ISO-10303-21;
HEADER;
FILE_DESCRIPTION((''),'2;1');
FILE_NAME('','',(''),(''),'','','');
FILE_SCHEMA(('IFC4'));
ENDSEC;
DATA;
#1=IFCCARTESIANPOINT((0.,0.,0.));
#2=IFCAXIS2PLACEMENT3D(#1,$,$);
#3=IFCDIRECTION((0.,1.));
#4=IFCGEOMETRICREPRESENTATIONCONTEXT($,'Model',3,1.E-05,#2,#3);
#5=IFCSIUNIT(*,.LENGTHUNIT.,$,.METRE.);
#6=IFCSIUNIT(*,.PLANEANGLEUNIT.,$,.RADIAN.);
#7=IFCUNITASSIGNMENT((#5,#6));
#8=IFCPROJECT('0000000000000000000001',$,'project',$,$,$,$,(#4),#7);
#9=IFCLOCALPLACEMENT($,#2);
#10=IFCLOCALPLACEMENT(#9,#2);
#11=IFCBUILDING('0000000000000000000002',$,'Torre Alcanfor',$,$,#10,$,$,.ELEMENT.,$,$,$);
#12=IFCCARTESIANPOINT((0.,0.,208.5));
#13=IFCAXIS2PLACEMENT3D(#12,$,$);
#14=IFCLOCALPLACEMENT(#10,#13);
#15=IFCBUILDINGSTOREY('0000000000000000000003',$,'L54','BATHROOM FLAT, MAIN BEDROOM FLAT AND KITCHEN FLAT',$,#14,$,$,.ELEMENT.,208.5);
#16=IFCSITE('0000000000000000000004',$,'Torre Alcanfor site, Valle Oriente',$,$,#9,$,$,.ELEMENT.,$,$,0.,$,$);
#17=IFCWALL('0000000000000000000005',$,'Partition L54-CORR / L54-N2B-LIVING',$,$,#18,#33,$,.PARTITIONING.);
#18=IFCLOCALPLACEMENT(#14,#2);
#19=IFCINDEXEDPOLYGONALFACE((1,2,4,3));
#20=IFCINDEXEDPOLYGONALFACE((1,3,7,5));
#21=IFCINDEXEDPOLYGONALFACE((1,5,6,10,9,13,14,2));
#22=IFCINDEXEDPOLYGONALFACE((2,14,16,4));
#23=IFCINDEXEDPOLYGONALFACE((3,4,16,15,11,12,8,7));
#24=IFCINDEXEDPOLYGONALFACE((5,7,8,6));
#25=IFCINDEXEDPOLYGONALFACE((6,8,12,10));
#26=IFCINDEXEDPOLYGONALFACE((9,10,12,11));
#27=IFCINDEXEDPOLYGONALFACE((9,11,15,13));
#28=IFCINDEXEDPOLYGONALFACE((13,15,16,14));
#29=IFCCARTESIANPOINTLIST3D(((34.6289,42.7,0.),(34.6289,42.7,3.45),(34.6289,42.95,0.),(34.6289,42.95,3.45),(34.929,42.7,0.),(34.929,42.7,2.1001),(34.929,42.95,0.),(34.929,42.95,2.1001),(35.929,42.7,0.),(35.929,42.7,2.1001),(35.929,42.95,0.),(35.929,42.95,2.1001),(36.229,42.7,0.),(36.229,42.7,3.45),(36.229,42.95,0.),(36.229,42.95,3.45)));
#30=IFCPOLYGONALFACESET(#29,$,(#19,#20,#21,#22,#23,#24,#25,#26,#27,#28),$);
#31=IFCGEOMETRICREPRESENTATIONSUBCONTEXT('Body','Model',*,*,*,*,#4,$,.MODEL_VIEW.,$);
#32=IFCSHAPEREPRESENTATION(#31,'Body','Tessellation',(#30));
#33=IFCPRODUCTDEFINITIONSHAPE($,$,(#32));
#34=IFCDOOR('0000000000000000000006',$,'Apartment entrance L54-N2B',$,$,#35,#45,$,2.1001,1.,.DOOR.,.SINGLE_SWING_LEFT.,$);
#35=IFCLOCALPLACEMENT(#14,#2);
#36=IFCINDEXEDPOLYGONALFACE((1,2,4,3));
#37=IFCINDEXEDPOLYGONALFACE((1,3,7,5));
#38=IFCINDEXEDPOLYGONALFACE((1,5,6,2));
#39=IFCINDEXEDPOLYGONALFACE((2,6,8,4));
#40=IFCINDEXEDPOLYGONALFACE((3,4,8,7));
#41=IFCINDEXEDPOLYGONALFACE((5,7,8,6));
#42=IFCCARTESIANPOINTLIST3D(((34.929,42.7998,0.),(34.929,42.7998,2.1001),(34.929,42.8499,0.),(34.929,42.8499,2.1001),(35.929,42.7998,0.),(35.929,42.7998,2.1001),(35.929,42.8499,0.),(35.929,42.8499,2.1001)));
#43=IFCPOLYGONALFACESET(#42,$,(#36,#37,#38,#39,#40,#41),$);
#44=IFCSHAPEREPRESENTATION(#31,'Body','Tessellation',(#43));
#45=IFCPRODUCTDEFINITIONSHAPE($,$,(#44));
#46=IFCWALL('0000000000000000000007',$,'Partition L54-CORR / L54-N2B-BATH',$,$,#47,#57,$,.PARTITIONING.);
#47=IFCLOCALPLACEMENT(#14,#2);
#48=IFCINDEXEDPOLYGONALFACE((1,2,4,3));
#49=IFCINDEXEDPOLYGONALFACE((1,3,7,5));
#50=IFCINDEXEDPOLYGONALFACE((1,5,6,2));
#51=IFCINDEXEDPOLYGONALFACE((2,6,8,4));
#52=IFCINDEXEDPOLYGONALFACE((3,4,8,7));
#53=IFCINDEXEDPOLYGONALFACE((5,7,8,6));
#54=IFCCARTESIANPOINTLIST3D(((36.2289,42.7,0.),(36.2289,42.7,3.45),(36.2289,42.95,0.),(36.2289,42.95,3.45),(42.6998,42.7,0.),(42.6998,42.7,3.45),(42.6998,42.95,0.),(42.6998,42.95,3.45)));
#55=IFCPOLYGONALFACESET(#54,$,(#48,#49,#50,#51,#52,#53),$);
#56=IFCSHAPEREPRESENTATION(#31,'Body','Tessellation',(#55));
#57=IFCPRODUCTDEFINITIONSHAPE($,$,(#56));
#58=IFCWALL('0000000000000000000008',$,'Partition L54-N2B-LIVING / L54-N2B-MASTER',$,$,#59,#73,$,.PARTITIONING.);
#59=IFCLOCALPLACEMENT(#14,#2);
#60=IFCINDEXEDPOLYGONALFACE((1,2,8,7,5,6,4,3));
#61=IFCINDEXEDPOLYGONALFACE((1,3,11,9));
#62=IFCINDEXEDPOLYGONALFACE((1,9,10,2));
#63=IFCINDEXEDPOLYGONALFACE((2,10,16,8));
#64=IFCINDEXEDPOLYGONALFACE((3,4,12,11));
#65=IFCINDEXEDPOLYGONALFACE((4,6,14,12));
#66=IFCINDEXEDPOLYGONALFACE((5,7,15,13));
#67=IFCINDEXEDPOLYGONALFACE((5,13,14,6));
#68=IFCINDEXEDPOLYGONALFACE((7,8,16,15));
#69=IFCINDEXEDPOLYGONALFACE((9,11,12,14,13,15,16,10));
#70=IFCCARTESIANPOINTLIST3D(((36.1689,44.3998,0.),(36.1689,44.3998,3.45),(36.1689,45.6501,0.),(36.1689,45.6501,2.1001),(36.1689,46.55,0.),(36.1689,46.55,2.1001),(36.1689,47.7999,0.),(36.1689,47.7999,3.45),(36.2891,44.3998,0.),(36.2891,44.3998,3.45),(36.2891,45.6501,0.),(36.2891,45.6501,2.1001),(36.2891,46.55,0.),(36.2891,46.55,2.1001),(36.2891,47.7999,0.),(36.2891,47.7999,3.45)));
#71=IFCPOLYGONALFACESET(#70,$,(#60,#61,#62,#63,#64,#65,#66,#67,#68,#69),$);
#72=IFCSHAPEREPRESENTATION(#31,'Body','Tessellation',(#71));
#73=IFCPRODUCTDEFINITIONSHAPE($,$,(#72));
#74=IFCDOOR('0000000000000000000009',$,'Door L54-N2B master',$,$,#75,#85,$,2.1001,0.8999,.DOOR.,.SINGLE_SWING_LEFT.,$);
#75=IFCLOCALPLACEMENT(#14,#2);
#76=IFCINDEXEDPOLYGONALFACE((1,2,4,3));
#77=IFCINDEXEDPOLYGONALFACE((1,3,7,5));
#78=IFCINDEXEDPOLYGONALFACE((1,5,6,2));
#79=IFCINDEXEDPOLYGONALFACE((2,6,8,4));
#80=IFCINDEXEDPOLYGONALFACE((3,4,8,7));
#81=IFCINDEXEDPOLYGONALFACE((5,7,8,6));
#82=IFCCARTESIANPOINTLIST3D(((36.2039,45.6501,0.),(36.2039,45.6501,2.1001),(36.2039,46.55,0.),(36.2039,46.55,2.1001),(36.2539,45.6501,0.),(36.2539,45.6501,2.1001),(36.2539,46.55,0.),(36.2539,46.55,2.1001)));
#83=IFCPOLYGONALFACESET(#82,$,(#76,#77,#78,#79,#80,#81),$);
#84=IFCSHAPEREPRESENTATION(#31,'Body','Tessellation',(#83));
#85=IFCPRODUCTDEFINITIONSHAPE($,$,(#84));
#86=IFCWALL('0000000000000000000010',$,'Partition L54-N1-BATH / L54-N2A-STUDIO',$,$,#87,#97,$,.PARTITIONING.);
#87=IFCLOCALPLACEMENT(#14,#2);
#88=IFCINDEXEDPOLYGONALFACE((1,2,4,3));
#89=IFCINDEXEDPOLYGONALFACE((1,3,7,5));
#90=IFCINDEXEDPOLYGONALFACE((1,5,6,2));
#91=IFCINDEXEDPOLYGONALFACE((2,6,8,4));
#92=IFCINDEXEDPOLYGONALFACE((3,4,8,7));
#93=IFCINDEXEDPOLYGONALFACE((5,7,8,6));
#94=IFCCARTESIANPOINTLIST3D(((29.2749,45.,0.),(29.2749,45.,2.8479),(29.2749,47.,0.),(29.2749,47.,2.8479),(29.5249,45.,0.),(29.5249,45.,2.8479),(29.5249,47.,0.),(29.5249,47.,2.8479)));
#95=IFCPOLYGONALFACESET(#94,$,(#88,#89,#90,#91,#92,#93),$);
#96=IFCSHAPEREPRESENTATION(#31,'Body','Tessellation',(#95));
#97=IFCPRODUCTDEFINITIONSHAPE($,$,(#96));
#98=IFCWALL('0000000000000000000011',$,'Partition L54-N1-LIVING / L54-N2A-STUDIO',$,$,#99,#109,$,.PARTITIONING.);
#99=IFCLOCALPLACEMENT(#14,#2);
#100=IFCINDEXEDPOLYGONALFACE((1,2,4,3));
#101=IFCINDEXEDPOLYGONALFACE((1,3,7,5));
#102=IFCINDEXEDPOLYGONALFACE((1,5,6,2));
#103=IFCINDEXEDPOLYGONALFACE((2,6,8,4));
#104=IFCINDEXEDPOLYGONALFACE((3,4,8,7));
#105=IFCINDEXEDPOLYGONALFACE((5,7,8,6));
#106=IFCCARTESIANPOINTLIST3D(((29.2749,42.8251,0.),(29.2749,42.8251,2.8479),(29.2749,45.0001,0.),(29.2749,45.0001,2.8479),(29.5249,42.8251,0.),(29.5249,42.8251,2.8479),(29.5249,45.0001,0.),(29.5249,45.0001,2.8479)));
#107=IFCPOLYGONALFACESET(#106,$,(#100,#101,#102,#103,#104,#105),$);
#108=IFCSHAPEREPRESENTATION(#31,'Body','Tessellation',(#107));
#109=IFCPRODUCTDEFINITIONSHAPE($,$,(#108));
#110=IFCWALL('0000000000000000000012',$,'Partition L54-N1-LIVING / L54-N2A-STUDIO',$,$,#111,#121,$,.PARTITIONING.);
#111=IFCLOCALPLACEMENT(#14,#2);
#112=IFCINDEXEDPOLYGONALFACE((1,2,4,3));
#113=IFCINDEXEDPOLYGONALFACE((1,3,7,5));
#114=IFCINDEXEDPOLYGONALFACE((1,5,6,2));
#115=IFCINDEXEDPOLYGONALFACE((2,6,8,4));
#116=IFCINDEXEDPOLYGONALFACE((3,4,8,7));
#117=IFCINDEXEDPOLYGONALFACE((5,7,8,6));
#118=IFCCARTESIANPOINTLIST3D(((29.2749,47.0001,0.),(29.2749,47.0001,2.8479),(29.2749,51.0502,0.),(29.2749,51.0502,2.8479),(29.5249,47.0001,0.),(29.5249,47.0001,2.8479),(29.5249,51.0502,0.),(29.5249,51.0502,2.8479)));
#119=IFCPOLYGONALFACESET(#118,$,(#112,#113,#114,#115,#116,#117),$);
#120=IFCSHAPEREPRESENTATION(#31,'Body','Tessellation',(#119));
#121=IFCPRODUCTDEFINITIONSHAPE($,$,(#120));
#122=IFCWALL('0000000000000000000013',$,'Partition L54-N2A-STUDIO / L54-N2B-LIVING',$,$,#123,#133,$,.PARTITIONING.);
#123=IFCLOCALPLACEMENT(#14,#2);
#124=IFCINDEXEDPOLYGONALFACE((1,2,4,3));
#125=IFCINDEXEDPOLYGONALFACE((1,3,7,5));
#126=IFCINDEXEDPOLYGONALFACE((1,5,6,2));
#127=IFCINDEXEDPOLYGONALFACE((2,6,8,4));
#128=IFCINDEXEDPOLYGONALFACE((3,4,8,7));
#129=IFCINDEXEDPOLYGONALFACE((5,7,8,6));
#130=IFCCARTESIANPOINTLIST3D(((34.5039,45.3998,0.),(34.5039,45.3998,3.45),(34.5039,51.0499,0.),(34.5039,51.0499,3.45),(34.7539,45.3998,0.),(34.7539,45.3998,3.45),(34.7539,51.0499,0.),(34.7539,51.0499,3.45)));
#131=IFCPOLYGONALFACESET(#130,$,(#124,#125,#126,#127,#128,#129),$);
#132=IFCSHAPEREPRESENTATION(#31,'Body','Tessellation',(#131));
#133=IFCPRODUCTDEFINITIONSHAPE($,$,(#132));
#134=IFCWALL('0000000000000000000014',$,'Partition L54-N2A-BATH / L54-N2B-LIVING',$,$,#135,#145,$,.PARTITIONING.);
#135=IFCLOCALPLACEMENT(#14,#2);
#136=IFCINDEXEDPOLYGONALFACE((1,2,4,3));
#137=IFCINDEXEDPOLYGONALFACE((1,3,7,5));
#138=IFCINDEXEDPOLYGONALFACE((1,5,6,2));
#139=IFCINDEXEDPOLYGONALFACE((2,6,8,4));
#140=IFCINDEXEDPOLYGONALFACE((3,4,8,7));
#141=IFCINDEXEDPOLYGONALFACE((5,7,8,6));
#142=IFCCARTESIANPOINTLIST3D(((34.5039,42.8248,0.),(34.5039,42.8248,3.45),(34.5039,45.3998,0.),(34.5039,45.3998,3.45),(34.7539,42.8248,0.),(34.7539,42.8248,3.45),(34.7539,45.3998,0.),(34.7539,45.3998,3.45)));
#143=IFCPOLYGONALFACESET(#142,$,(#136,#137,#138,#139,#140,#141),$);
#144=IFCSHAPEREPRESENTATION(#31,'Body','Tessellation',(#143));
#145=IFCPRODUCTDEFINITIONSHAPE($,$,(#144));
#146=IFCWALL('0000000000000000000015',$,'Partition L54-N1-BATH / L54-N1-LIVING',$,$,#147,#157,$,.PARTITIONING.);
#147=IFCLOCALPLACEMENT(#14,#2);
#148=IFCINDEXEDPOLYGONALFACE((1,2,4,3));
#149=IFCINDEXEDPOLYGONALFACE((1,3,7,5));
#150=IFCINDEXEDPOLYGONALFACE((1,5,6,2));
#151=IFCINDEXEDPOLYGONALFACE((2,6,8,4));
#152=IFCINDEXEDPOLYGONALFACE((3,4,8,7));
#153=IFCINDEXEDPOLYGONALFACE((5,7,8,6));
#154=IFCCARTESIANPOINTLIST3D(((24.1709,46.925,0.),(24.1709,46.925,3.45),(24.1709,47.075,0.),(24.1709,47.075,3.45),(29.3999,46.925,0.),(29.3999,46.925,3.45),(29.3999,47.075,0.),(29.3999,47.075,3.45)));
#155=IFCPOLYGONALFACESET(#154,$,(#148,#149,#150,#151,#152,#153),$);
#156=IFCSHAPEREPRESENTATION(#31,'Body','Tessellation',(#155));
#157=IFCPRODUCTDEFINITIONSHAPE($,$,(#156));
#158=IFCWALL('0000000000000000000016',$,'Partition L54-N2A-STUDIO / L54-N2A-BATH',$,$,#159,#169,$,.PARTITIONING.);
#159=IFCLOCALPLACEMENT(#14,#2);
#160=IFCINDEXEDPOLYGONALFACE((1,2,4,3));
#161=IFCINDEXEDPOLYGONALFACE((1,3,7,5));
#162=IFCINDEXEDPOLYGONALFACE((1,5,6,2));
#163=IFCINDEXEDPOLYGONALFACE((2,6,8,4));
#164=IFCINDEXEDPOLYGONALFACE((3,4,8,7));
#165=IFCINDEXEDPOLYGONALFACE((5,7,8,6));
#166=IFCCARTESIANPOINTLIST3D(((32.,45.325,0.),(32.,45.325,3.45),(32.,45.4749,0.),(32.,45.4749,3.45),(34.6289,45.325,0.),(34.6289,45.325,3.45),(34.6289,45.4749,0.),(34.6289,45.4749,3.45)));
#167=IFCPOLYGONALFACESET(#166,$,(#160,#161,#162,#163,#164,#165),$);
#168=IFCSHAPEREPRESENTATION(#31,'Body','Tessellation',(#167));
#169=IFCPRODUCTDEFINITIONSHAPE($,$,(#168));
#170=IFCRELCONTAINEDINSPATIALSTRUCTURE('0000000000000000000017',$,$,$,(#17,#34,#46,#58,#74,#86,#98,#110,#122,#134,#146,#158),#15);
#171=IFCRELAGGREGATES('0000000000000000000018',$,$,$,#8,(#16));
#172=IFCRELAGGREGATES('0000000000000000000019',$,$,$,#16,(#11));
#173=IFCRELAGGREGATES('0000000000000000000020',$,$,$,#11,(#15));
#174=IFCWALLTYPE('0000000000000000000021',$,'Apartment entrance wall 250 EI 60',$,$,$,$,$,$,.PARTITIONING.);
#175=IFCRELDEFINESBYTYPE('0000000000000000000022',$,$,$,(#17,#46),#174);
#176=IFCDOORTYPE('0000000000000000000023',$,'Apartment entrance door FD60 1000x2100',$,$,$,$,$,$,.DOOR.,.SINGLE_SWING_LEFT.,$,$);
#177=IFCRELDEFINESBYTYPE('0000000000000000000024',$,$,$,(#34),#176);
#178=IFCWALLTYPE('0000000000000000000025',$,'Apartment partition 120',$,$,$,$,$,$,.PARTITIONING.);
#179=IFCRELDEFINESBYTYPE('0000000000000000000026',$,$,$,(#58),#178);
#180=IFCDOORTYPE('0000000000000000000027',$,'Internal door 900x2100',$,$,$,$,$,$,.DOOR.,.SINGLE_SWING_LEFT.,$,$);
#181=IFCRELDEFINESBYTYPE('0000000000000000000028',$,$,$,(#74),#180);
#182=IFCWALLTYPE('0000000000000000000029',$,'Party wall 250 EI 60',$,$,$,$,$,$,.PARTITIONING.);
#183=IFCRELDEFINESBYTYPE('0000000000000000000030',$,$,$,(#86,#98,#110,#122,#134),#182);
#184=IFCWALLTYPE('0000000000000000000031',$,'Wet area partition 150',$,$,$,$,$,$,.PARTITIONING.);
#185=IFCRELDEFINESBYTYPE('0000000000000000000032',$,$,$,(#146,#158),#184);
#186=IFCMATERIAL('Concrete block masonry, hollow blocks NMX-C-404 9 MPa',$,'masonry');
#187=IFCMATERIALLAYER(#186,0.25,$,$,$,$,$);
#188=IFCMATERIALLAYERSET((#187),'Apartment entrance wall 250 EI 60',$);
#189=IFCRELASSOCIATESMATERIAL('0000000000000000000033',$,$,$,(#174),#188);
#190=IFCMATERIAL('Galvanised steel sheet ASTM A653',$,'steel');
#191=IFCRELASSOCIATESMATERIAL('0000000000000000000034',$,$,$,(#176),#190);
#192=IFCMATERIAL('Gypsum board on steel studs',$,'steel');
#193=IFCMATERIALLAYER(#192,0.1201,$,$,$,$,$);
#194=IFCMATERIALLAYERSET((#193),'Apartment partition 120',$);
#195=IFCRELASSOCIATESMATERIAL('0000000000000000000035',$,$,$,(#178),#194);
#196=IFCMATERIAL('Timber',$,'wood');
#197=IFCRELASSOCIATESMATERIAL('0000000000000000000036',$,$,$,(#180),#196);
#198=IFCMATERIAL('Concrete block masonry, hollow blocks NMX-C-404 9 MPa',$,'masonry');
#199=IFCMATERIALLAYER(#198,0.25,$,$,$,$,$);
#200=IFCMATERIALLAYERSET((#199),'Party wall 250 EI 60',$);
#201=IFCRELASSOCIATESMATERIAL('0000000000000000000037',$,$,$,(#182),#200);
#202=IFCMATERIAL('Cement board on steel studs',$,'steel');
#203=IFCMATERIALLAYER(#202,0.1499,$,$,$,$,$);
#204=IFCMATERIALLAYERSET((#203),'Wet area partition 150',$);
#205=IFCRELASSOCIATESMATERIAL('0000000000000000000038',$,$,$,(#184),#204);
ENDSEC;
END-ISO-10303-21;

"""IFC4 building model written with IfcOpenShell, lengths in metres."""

from ifc_helpers import new_model, si_unit, direction, frame, frame_2d, origin, place, context, subcontext, project, spatial, rectangle, extrude, material, layer, layer_set, type_object, element, fill, save


model = new_model("IFC4")

# Units and contexts
model_context = context("Model", 3, precision=1e-05, world=origin(), true_north=direction((0.0, 1.0)))
body_context = subcontext(model_context, "Body", "Model", "MODEL_VIEW")
ifc_project = project(units=[si_unit("LENGTHUNIT", "METRE"), si_unit("PLANEANGLEUNIT", "RADIAN")], contexts=[model_context])

# Site, building, storey
site_placement = place(None, origin())
site = spatial("IfcSite", under=ifc_project, at=site_placement, Name="Torre Alcanfor site, Valle Oriente", CompositionType="ELEMENT", RefElevation=0.0)
building_placement = place(site_placement, origin())
building = spatial("IfcBuilding", under=site, at=building_placement, Name="Torre Alcanfor", CompositionType="ELEMENT")
storey_placement = place(building_placement, frame((0.0, 0.0, 208.5)))
storey = spatial("IfcBuildingStorey", under=building, at=storey_placement, Name="L54", Description="BATHROOM FLAT, MAIN BEDROOM FLAT AND KITCHEN FLAT", CompositionType="ELEMENT", Elevation=208.5)

# Wall, opening, door
ifc_material_1 = material(Name="Concrete block masonry, hollow blocks NMX-C-404 9 MPa", Category="masonry")
ifc_layer_1 = layer(ifc_material_1, 0.25)
ifc_layer_set_1 = layer_set([ifc_layer_1], Name="Apartment entrance wall 250 EI 60")
wall_type_1 = type_object("IfcWallType", Name="Apartment entrance wall 250 EI 60", PredefinedType="PARTITIONING", material=ifc_layer_set_1)
wall_1_placement = place(storey_placement, frame((34.6289, 42.825, 0.0), z_axis=(0.0, 0.0, 1.0), x_axis=(1.0, 0.0, 0.0)))
wall_1 = element("IfcWall", 1, at=wall_1_placement, inside=storey, type_object=wall_type_1, Name="Partition L54-CORR / L54-N2B-LIVING", PredefinedType="PARTITIONING", context=body_context, shape_type="SweptSolid", body=[
    extrude(rectangle(XDim=1.6001, YDim=0.25, at=frame_2d((0.8, 0.0))), origin(), (0.0, 0.0, 1.0), 3.45),
])
opening_1_placement = place(wall_1_placement, frame((0.3, 0.0, 0.0)))
opening_1 = element("IfcOpeningElement", 2, at=opening_1_placement, cuts=wall_1, PredefinedType="OPENING", context=body_context, shape_type="SweptSolid", body=[
    extrude(rectangle(XDim=1.0, YDim=2.1001, at=frame_2d((0.5, 1.05))), frame((0.0, 0.135, 0.0), z_axis=(0.0, -1.0, 0.0), x_axis=(1.0, 0.0, 0.0)), (0.0, 0.0, 1.0), 0.27),
])
ifc_material_2 = material(Name="Galvanised steel sheet ASTM A653", Category="steel")
door_type_1 = type_object("IfcDoorType", Name="Apartment entrance door FD60 1000x2100", OperationType="SINGLE_SWING_LEFT", PredefinedType="DOOR", material=ifc_material_2)
door_1_placement = place(opening_1_placement, origin())
door_1 = element("IfcDoor", 3, at=door_1_placement, inside=storey, type_object=door_type_1, Name="Apartment entrance L54-N2B", OperationType="SINGLE_SWING_LEFT", OverallHeight=2.1001, OverallWidth=1.0, PredefinedType="DOOR", context=body_context, shape_type="SweptSolid", body=[
    extrude(rectangle(XDim=1.0, YDim=2.1001, at=frame_2d((0.5, 1.05))), frame((0.0, 0.0249, 0.0), z_axis=(0.0, -1.0, 0.0), x_axis=(1.0, 0.0, 0.0)), (0.0, 0.0, 1.0), 0.05),
])
fill(opening_1, door_1)

# Wall
wall_2_placement = place(storey_placement, frame((36.229, 42.825, 0.0), z_axis=(0.0, 0.0, 1.0), x_axis=(1.0, 0.0, 0.0)))
element("IfcWall", 4, at=wall_2_placement, inside=storey, type_object=wall_type_1, Name="Partition L54-CORR / L54-N2B-BATH", PredefinedType="PARTITIONING", context=body_context, shape_type="SweptSolid", body=[
    extrude(rectangle(XDim=6.4709, YDim=0.25, at=frame_2d((3.2354, 0.0))), origin(), (0.0, 0.0, 1.0), 3.45),
])

# Wall, opening, door
ifc_material_3 = material(Name="Gypsum board on steel studs", Category="steel")
ifc_layer_2 = layer(ifc_material_3, 0.1201)
ifc_layer_set_2 = layer_set([ifc_layer_2], Name="Apartment partition 120")
wall_type_2 = type_object("IfcWallType", Name="Apartment partition 120", PredefinedType="PARTITIONING", material=ifc_layer_set_2)
wall_3_placement = place(storey_placement, frame((36.229, 47.8, 0.0), z_axis=(0.0, 0.0, 1.0), x_axis=(0.0, -1.0, 0.0)))
wall_3 = element("IfcWall", 5, at=wall_3_placement, inside=storey, type_object=wall_type_2, Name="Partition L54-N2B-LIVING / L54-N2B-MASTER", PredefinedType="PARTITIONING", context=body_context, shape_type="SweptSolid", body=[
    extrude(rectangle(XDim=3.4001, YDim=0.1201, at=frame_2d((1.7002, 0.0))), origin(), (0.0, 0.0, 1.0), 3.45),
])
opening_2_placement = place(wall_3_placement, frame((1.25, 0.0, 0.0)))
opening_2 = element("IfcOpeningElement", 6, at=opening_2_placement, cuts=wall_3, PredefinedType="OPENING", context=body_context, shape_type="SweptSolid", body=[
    extrude(rectangle(XDim=0.8999, YDim=2.1001, at=frame_2d((0.45, 1.05))), frame((0.0, 0.0701, 0.0), z_axis=(0.0, -1.0, 0.0), x_axis=(1.0, 0.0, 0.0)), (0.0, 0.0, 1.0), 0.1401),
])
ifc_material_4 = material(Name="Timber", Category="wood")
door_type_2 = type_object("IfcDoorType", Name="Internal door 900x2100", OperationType="SINGLE_SWING_LEFT", PredefinedType="DOOR", material=ifc_material_4)
door_2_placement = place(opening_2_placement, origin())
door_2 = element("IfcDoor", 7, at=door_2_placement, inside=storey, type_object=door_type_2, Name="Door L54-N2B master", OperationType="SINGLE_SWING_LEFT", OverallHeight=2.1001, OverallWidth=0.8999, PredefinedType="DOOR", context=body_context, shape_type="SweptSolid", body=[
    extrude(rectangle(XDim=0.8999, YDim=2.1001, at=frame_2d((0.45, 1.05))), frame((0.0, 0.0249, 0.0), z_axis=(0.0, -1.0, 0.0), x_axis=(1.0, 0.0, 0.0)), (0.0, 0.0, 1.0), 0.05),
])
fill(opening_2, door_2)

# Walls
ifc_material_5 = material(Name="Concrete block masonry, hollow blocks NMX-C-404 9 MPa", Category="masonry")
ifc_layer_3 = layer(ifc_material_5, 0.25)
ifc_layer_set_3 = layer_set([ifc_layer_3], Name="Party wall 250 EI 60")
wall_type_3 = type_object("IfcWallType", Name="Party wall 250 EI 60", PredefinedType="PARTITIONING", material=ifc_layer_set_3)
wall_4_placement = place(storey_placement, frame((29.3999, 45.0, 0.0), z_axis=(0.0, 0.0, 1.0), x_axis=(0.0, 1.0, 0.0)))
element("IfcWall", 8, at=wall_4_placement, inside=storey, type_object=wall_type_3, Name="Partition L54-N1-BATH / L54-N2A-STUDIO", PredefinedType="PARTITIONING", context=body_context, shape_type="SweptSolid", body=[
    extrude(rectangle(XDim=2.0, YDim=0.25, at=frame_2d((1.0, 0.0))), origin(), (0.0, 0.0, 1.0), 2.8479),
])
wall_5_placement = place(storey_placement, frame((29.3999, 45.0, 0.0), z_axis=(0.0, 0.0, 1.0), x_axis=(0.0, -1.0, 0.0)))
element("IfcWall", 9, at=wall_5_placement, inside=storey, type_object=wall_type_3, Name="Partition L54-N1-LIVING / L54-N2A-STUDIO", PredefinedType="PARTITIONING", context=body_context, shape_type="SweptSolid", body=[
    extrude(rectangle(XDim=2.175, YDim=0.25, at=frame_2d((1.0874, 0.0))), origin(), (0.0, 0.0, 1.0), 2.8479),
])
wall_6_placement = place(storey_placement, frame((29.3999, 51.05, 0.0), z_axis=(0.0, 0.0, 1.0), x_axis=(0.0, -1.0, 0.0)))
element("IfcWall", 10, at=wall_6_placement, inside=storey, type_object=wall_type_3, Name="Partition L54-N1-LIVING / L54-N2A-STUDIO", PredefinedType="PARTITIONING", context=body_context, shape_type="SweptSolid", body=[
    extrude(rectangle(XDim=4.05, YDim=0.25, at=frame_2d((2.0249, 0.0))), origin(), (0.0, 0.0, 1.0), 2.8479),
])
wall_7_placement = place(storey_placement, frame((34.6289, 51.05, 0.0), z_axis=(0.0, 0.0, 1.0), x_axis=(0.0, -1.0, 0.0)))
element("IfcWall", 11, at=wall_7_placement, inside=storey, type_object=wall_type_3, Name="Partition L54-N2A-STUDIO / L54-N2B-LIVING", PredefinedType="PARTITIONING", context=body_context, shape_type="SweptSolid", body=[
    extrude(rectangle(XDim=5.6501, YDim=0.25, at=frame_2d((2.8252, 0.0))), origin(), (0.0, 0.0, 1.0), 3.45),
])
wall_8_placement = place(storey_placement, frame((34.6289, 45.3999, 0.0), z_axis=(0.0, 0.0, 1.0), x_axis=(0.0, -1.0, 0.0)))
element("IfcWall", 12, at=wall_8_placement, inside=storey, type_object=wall_type_3, Name="Partition L54-N2A-BATH / L54-N2B-LIVING", PredefinedType="PARTITIONING", context=body_context, shape_type="SweptSolid", body=[
    extrude(rectangle(XDim=2.575, YDim=0.25, at=frame_2d((1.2876, 0.0))), origin(), (0.0, 0.0, 1.0), 3.45),
])
ifc_material_6 = material(Name="Cement board on steel studs", Category="steel")
ifc_layer_4 = layer(ifc_material_6, 0.1499)
ifc_layer_set_4 = layer_set([ifc_layer_4], Name="Wet area partition 150")
wall_type_4 = type_object("IfcWallType", Name="Wet area partition 150", PredefinedType="PARTITIONING", material=ifc_layer_set_4)
wall_9_placement = place(storey_placement, frame((29.3999, 47.0, 0.0), z_axis=(0.0, 0.0, 1.0), x_axis=(-1.0, 0.0, 0.0)))
element("IfcWall", 13, at=wall_9_placement, inside=storey, type_object=wall_type_4, Name="Partition L54-N1-BATH / L54-N1-LIVING", PredefinedType="PARTITIONING", context=body_context, shape_type="SweptSolid", body=[
    extrude(rectangle(XDim=5.229, YDim=0.1499, at=frame_2d((2.6145, 0.0))), origin(), (0.0, 0.0, 1.0), 3.45),
])
wall_10_placement = place(storey_placement, frame((34.6289, 45.3999, 0.0), z_axis=(0.0, 0.0, 1.0), x_axis=(-1.0, 0.0, 0.0)))
element("IfcWall", 14, at=wall_10_placement, inside=storey, type_object=wall_type_4, Name="Partition L54-N2A-STUDIO / L54-N2A-BATH", PredefinedType="PARTITIONING", context=body_context, shape_type="SweptSolid", body=[
    extrude(rectangle(XDim=2.6289, YDim=0.1499, at=frame_2d((1.3145, 0.0))), origin(), (0.0, 0.0, 1.0), 3.45),
])

save(model, "model.ifc")
